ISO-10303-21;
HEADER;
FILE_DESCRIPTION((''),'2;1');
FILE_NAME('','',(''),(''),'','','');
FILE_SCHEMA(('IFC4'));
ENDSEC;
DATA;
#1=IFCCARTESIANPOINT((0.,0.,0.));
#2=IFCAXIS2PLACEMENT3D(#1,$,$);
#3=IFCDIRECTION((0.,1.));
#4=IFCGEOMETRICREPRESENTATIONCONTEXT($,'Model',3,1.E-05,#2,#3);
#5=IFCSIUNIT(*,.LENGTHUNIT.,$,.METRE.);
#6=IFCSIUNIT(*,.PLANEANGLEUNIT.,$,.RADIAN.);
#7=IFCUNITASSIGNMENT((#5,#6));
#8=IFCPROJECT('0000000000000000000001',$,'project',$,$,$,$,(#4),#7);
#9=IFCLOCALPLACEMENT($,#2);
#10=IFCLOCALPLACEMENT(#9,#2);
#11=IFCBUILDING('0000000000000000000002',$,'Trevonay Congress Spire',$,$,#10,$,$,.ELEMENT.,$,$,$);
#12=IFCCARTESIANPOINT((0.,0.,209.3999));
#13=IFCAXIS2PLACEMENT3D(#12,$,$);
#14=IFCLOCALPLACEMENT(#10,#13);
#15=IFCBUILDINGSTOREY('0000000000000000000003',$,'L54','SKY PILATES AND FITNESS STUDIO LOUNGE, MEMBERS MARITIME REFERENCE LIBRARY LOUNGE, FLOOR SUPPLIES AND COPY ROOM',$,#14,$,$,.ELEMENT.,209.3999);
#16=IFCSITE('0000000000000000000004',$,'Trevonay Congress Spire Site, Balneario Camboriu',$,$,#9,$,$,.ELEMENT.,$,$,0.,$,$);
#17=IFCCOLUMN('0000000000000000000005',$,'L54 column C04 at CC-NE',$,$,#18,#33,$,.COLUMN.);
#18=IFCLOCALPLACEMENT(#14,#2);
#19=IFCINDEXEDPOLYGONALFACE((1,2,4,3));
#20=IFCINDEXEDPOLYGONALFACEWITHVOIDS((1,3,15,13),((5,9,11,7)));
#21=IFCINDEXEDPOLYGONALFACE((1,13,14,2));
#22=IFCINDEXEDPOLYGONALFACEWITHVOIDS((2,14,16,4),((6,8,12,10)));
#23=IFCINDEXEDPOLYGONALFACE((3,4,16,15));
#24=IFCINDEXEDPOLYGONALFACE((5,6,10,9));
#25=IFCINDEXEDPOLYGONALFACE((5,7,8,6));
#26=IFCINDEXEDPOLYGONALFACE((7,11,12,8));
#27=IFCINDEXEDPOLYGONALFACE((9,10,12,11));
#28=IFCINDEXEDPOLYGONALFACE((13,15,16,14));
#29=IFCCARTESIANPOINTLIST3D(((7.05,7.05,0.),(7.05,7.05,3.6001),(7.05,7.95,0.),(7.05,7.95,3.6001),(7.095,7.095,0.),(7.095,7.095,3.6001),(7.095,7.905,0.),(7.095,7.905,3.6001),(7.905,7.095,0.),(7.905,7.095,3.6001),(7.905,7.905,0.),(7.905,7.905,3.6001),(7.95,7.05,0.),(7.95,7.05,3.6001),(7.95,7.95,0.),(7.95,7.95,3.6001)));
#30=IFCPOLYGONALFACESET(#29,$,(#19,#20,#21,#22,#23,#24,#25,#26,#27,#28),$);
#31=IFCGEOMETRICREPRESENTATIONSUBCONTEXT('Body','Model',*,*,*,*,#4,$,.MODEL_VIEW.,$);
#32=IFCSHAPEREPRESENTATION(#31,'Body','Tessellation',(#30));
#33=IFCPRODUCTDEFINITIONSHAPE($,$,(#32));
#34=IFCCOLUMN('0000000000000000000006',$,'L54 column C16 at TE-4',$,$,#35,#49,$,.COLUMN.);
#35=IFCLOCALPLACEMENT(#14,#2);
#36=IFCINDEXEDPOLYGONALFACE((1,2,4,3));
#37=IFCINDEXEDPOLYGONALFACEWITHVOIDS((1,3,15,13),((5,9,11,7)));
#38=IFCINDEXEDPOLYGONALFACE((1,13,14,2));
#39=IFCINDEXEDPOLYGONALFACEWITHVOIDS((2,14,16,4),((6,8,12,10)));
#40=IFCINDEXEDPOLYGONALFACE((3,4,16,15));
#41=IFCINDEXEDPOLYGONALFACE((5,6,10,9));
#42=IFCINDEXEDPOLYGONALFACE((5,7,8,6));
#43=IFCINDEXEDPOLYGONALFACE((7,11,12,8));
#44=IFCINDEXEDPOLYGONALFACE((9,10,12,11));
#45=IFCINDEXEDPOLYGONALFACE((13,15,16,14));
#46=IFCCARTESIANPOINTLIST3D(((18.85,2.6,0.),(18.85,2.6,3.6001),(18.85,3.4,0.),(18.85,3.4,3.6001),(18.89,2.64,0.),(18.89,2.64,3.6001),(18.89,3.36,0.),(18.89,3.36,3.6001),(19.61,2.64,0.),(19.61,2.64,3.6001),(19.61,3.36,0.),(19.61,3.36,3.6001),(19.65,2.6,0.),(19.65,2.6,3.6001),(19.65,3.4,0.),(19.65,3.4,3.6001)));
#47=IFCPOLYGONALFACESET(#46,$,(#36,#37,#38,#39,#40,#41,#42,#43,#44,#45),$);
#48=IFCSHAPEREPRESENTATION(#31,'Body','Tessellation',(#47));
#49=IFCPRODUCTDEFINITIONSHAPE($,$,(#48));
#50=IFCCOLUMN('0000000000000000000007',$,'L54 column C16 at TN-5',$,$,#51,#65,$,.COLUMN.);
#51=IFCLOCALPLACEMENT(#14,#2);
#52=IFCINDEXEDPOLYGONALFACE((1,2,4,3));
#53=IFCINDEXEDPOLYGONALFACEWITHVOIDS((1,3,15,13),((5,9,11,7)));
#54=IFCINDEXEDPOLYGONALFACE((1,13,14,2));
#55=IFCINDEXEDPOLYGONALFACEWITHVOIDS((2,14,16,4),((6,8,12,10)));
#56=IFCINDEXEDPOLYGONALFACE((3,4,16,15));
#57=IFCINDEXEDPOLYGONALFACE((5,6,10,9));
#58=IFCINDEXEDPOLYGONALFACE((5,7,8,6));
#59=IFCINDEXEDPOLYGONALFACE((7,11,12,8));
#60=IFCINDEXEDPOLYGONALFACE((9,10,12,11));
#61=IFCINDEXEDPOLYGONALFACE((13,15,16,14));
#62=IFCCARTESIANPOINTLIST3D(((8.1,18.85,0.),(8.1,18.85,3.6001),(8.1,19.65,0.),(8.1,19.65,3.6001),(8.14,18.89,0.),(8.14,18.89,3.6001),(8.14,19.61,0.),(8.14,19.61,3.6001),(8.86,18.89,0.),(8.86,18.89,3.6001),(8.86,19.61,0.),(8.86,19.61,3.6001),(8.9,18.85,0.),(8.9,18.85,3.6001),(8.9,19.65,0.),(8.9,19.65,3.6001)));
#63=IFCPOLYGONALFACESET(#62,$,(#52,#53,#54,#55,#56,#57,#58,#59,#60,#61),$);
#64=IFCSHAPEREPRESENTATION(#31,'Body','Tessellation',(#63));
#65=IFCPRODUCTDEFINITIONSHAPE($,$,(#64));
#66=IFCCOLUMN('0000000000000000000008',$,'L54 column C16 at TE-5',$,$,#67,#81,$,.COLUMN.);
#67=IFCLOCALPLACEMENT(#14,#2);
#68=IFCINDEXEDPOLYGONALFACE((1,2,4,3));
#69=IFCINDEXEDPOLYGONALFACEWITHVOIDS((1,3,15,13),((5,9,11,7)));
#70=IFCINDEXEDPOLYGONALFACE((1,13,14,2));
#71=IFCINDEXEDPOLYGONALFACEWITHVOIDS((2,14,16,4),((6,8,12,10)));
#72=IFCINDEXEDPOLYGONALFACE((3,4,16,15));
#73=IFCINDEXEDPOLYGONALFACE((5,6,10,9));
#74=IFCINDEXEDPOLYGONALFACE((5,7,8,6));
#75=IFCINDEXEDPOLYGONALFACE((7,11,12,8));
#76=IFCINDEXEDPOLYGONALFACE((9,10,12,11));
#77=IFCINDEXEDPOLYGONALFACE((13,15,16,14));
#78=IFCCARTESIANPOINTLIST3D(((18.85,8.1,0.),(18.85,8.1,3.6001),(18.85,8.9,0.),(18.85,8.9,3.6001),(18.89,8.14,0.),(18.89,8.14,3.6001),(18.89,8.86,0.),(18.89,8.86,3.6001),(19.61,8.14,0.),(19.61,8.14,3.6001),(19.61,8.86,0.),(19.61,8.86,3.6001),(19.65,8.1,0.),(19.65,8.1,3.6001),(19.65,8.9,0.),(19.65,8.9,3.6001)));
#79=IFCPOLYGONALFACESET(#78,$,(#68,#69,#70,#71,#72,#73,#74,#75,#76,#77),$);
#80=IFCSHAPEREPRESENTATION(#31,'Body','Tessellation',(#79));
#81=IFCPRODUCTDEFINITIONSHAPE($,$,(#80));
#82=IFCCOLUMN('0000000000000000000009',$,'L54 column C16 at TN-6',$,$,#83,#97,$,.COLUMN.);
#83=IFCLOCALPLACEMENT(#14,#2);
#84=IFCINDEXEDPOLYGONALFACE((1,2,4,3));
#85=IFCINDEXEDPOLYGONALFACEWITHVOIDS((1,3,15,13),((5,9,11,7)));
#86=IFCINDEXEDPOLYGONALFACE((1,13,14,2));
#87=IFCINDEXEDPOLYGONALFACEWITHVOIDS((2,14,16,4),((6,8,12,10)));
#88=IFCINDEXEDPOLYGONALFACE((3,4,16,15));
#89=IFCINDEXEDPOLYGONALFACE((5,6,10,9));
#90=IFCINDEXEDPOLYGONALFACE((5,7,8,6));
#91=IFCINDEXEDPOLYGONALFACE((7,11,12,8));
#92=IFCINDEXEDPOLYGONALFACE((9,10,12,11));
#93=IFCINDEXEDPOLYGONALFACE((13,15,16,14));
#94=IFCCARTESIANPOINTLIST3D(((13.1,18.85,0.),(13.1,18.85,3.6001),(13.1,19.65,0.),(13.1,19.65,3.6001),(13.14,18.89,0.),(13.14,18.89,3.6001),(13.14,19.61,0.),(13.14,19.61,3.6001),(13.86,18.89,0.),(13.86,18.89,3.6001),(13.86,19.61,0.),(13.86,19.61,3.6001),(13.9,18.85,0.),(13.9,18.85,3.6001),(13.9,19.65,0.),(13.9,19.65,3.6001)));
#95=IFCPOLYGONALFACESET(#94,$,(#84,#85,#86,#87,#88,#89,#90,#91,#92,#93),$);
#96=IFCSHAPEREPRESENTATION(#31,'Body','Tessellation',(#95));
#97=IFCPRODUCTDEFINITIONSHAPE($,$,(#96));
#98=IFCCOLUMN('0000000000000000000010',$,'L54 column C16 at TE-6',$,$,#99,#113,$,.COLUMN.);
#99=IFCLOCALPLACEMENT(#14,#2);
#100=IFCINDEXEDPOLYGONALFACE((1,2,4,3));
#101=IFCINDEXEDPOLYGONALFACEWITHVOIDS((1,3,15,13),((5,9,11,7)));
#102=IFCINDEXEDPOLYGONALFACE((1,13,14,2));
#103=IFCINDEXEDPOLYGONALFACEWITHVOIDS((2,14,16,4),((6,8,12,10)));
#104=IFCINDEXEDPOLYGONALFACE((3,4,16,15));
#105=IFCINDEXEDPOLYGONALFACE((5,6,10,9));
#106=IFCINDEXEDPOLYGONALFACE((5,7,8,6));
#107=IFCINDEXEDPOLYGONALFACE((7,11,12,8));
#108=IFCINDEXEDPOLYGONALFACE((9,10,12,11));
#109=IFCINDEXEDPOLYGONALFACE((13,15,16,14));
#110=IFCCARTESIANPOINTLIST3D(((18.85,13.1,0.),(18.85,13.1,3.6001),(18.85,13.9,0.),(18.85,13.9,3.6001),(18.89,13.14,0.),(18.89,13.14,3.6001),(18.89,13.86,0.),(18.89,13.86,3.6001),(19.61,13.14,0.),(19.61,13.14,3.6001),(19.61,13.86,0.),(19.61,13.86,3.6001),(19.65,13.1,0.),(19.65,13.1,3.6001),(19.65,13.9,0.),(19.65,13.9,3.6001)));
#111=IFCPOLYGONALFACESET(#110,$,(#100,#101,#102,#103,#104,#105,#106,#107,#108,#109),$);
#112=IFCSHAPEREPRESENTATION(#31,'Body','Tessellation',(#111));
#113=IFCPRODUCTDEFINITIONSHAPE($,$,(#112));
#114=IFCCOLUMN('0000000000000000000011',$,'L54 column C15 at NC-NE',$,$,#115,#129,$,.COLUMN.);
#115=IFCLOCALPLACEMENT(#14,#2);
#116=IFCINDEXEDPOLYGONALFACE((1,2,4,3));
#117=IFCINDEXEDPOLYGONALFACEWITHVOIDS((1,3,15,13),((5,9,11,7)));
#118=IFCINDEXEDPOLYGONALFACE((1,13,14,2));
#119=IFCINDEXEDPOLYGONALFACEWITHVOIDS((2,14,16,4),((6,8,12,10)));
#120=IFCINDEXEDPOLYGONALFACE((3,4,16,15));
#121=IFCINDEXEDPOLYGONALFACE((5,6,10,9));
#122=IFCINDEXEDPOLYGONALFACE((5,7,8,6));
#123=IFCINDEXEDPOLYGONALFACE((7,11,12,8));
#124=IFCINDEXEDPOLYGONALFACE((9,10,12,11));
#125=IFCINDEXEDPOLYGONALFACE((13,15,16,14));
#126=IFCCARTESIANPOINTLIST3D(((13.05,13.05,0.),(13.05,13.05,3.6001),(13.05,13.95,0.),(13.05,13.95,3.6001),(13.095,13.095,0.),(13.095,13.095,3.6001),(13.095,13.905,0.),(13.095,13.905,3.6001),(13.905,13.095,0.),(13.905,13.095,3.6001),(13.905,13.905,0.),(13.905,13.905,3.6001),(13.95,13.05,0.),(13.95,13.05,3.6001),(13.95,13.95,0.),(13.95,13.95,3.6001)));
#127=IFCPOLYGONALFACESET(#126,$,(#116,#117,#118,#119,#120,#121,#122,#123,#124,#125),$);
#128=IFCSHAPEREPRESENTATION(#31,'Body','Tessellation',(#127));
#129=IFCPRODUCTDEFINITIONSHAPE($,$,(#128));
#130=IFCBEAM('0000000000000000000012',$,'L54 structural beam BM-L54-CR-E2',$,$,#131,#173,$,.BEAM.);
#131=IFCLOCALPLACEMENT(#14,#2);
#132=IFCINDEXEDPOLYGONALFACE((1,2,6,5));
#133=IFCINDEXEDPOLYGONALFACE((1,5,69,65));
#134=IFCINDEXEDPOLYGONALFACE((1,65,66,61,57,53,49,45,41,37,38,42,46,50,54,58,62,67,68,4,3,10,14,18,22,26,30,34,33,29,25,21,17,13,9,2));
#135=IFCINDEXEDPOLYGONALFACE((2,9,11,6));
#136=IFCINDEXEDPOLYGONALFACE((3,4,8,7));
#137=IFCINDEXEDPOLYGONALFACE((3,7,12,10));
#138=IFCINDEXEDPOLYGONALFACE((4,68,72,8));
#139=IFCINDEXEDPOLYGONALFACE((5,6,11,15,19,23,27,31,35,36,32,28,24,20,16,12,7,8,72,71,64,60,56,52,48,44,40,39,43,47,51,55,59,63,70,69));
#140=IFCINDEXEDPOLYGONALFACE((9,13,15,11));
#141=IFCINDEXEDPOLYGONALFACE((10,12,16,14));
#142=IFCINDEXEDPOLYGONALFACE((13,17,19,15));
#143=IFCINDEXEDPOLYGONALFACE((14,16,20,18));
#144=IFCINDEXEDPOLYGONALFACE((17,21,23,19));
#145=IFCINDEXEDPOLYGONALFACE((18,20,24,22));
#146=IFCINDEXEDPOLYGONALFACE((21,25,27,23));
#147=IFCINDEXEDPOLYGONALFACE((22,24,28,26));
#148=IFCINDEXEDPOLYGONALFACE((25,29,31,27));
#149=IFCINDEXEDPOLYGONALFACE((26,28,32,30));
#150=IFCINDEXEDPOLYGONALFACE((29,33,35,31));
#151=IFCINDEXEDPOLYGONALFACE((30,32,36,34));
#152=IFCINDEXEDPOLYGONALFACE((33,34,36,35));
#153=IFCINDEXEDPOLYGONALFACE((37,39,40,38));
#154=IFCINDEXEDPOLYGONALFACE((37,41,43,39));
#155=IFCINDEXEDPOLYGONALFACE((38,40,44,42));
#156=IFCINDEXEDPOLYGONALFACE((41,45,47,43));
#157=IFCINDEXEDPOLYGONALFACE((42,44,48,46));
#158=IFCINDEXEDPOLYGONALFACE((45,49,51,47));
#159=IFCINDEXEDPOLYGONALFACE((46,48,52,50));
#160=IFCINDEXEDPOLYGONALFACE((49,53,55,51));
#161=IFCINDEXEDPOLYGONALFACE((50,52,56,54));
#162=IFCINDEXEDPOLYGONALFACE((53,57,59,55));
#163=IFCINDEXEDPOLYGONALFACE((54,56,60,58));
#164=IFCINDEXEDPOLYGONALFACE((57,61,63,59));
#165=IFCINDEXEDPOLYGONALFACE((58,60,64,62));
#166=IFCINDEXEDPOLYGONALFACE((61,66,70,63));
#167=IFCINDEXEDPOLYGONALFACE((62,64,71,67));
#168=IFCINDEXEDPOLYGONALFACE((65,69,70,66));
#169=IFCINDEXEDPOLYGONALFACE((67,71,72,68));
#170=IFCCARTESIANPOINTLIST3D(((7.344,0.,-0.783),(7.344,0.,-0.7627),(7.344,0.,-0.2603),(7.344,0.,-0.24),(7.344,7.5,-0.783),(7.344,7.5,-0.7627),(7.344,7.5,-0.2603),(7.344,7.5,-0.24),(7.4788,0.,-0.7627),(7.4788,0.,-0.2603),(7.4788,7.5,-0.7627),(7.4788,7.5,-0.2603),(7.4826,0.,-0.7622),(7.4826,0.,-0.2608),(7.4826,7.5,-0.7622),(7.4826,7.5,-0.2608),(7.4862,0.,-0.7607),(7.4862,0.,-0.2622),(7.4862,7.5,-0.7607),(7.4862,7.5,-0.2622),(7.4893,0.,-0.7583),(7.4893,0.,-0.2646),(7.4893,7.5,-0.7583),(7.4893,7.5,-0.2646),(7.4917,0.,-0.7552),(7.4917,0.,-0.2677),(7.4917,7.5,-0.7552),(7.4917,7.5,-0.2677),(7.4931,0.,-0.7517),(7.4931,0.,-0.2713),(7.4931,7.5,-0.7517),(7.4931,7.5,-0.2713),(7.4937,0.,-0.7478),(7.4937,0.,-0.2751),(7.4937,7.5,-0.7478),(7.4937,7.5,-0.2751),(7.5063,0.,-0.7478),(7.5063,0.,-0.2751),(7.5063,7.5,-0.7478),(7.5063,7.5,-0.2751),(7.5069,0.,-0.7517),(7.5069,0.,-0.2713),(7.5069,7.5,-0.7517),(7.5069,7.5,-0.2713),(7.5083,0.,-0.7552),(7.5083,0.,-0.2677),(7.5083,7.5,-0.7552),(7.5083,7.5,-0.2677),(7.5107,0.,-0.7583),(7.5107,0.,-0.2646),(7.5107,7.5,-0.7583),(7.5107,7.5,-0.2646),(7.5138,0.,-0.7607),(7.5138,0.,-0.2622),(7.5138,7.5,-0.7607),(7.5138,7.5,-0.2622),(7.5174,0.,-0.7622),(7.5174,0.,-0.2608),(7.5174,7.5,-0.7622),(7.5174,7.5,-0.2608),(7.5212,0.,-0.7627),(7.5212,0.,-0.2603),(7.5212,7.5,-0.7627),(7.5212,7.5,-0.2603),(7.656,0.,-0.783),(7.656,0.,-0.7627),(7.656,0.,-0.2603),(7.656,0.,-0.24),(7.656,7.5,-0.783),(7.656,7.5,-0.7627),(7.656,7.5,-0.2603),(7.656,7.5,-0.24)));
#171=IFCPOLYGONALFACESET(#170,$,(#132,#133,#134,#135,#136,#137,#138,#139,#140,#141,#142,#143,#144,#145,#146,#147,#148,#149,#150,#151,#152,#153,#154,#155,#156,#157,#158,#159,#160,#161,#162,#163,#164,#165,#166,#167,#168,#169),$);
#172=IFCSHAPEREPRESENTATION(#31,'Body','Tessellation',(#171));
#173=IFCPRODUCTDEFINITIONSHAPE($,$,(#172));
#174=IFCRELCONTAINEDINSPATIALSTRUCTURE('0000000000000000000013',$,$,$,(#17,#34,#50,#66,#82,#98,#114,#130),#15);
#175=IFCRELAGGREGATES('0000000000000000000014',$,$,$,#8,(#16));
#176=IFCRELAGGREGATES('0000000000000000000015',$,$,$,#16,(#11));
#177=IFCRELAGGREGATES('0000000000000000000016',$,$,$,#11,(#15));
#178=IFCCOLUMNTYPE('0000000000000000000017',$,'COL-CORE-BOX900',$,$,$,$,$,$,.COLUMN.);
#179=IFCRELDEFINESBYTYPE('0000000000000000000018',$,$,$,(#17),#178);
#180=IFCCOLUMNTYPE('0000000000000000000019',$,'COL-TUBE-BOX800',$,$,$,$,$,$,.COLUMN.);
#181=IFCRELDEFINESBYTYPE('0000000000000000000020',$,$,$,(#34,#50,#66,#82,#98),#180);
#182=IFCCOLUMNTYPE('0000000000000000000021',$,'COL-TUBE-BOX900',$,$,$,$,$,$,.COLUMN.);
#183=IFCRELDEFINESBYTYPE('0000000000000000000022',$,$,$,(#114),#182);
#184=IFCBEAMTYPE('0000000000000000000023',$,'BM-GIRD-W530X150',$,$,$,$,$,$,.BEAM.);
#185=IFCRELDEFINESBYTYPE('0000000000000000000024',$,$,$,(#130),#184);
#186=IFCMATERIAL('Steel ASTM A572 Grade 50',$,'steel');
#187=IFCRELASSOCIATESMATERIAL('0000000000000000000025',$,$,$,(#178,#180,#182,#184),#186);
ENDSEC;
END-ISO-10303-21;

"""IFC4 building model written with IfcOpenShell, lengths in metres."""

from ifc_helpers import new_model, si_unit, direction, frame, origin, origin_2d, place, context, subcontext, project, spatial, hollow_rectangle, i_section, extrude, material, material_profile, profile_set, type_object, element, save


model = new_model("IFC4")

# Units and contexts
model_context = context("Model", 3, precision=1e-05, world=origin(), true_north=direction((0.0, 1.0)))
body_context = subcontext(model_context, "Body", "Model", "MODEL_VIEW")
ifc_project = project(units=[si_unit("LENGTHUNIT", "METRE"), si_unit("PLANEANGLEUNIT", "RADIAN")], contexts=[model_context])

# Site, building, storey
site_placement = place(None, origin())
site = spatial("IfcSite", under=ifc_project, at=site_placement, Name="Trevonay Congress Spire Site, Balneario Camboriu", CompositionType="ELEMENT", RefElevation=0.0)
building_placement = place(site_placement, origin())
building = spatial("IfcBuilding", under=site, at=building_placement, Name="Trevonay Congress Spire", CompositionType="ELEMENT")
storey_placement = place(building_placement, frame((0.0, 0.0, 209.3999)))
storey = spatial("IfcBuildingStorey", under=building, at=storey_placement, Name="L54", Description="SKY PILATES AND FITNESS STUDIO LOUNGE, MEMBERS MARITIME REFERENCE LIBRARY LOUNGE, FLOOR SUPPLIES AND COPY ROOM", CompositionType="ELEMENT", Elevation=209.3999)

# Columns
ifc_material_1 = material(Name="Steel ASTM A572 Grade 50", Category="steel")
ifc_material_profile_1 = material_profile(ifc_material_1, hollow_rectangle(XDim=0.8999, YDim=0.8999, WallThickness=0.0449, at=origin_2d()), Name="BOX 900x900x45")
ifc_profile_set_1 = profile_set([ifc_material_profile_1], Name="Steel ASTM A572 Grade 50")
column_type_1 = type_object("IfcColumnType", Name="COL-CORE-BOX900", PredefinedType="COLUMN", material=ifc_profile_set_1)
column_1_placement = place(storey_placement, frame((7.5, 7.5, 0.0), z_axis=(0.0, 0.0, 1.0), x_axis=(1.0, 0.0, 0.0)))
element("IfcColumn", 1, at=column_1_placement, inside=storey, type_object=column_type_1, Name="L54 column C04 at CC-NE", PredefinedType="COLUMN", context=body_context, shape_type="SweptSolid", body=[
    extrude(hollow_rectangle(XDim=0.8999, YDim=0.8999, WallThickness=0.0449, at=origin_2d()), origin(), (0.0, 0.0, 1.0), 3.6001),
])
ifc_material_profile_2 = material_profile(ifc_material_1, hollow_rectangle(XDim=0.8, YDim=0.8, WallThickness=0.04, at=origin_2d()), Name="BOX 800x800x40")
ifc_profile_set_2 = profile_set([ifc_material_profile_2], Name="Steel ASTM A572 Grade 50")
column_type_2 = type_object("IfcColumnType", Name="COL-TUBE-BOX800", PredefinedType="COLUMN", material=ifc_profile_set_2)
for number, where, z_axis, x_axis, name in (
    (2, (19.25, 3.0, 0.0), (0.0, 0.0, 1.0), (1.0, 0.0, 0.0), "L54 column C16 at TE-4"),
    (3, (8.5, 19.25, 0.0), (0.0, 0.0, 1.0), (1.0, 0.0, 0.0), "L54 column C16 at TN-5"),
    (4, (19.25, 8.5, 0.0), (0.0, 0.0, 1.0), (1.0, 0.0, 0.0), "L54 column C16 at TE-5"),
    (5, (13.5, 19.25, 0.0), (0.0, 0.0, 1.0), (1.0, 0.0, 0.0), "L54 column C16 at TN-6"),
    (6, (19.25, 13.5, 0.0), (0.0, 0.0, 1.0), (1.0, 0.0, 0.0), "L54 column C16 at TE-6"),
):
    element("IfcColumn", number, at=place(storey_placement, frame(where, z_axis=z_axis, x_axis=x_axis)), inside=storey, type_object=column_type_2, Name=name, PredefinedType="COLUMN", context=body_context, shape_type="SweptSolid", body=[
        extrude(hollow_rectangle(XDim=0.8, YDim=0.8, WallThickness=0.04, at=origin_2d()), origin(), (0.0, 0.0, 1.0), 3.6001),
    ])
ifc_material_profile_3 = material_profile(ifc_material_1, hollow_rectangle(XDim=0.8999, YDim=0.8999, WallThickness=0.0449, at=origin_2d()), Name="BOX 900x900x45")
ifc_profile_set_3 = profile_set([ifc_material_profile_3], Name="Steel ASTM A572 Grade 50")
column_type_3 = type_object("IfcColumnType", Name="COL-TUBE-BOX900", PredefinedType="COLUMN", material=ifc_profile_set_3)
column_2_placement = place(storey_placement, frame((13.5, 13.5, 0.0), z_axis=(0.0, 0.0, 1.0), x_axis=(1.0, 0.0, 0.0)))
element("IfcColumn", 7, at=column_2_placement, inside=storey, type_object=column_type_3, Name="L54 column C15 at NC-NE", PredefinedType="COLUMN", context=body_context, shape_type="SweptSolid", body=[
    extrude(hollow_rectangle(XDim=0.8999, YDim=0.8999, WallThickness=0.0449, at=origin_2d()), origin(), (0.0, 0.0, 1.0), 3.6001),
])

# Beam
ifc_material_profile_4 = material_profile(ifc_material_1, i_section(OverallWidth=0.312, OverallDepth=0.543, WebThickness=0.0127, FlangeThickness=0.0203, FilletRadius=0.0149, at=origin_2d()), Name="W530x150")
ifc_profile_set_4 = profile_set([ifc_material_profile_4], Name="Steel ASTM A572 Grade 50")
beam_type_1 = type_object("IfcBeamType", Name="BM-GIRD-W530X150", PredefinedType="BEAM", material=ifc_profile_set_4)
beam_1_placement = place(storey_placement, frame((7.5, 0.0, -0.5115), z_axis=(0.0, 1.0, 0.0), x_axis=(-1.0, 0.0, 0.0)))
element("IfcBeam", 8, at=beam_1_placement, inside=storey, type_object=beam_type_1, Name="L54 structural beam BM-L54-CR-E2", PredefinedType="BEAM", context=body_context, shape_type="SweptSolid", body=[
    extrude(i_section(OverallWidth=0.312, OverallDepth=0.543, WebThickness=0.0127, FlangeThickness=0.0203, FilletRadius=0.0149, at=origin_2d()), origin(), (0.0, 0.0, 1.0), 7.5),
])

save(model, "model.ifc")
